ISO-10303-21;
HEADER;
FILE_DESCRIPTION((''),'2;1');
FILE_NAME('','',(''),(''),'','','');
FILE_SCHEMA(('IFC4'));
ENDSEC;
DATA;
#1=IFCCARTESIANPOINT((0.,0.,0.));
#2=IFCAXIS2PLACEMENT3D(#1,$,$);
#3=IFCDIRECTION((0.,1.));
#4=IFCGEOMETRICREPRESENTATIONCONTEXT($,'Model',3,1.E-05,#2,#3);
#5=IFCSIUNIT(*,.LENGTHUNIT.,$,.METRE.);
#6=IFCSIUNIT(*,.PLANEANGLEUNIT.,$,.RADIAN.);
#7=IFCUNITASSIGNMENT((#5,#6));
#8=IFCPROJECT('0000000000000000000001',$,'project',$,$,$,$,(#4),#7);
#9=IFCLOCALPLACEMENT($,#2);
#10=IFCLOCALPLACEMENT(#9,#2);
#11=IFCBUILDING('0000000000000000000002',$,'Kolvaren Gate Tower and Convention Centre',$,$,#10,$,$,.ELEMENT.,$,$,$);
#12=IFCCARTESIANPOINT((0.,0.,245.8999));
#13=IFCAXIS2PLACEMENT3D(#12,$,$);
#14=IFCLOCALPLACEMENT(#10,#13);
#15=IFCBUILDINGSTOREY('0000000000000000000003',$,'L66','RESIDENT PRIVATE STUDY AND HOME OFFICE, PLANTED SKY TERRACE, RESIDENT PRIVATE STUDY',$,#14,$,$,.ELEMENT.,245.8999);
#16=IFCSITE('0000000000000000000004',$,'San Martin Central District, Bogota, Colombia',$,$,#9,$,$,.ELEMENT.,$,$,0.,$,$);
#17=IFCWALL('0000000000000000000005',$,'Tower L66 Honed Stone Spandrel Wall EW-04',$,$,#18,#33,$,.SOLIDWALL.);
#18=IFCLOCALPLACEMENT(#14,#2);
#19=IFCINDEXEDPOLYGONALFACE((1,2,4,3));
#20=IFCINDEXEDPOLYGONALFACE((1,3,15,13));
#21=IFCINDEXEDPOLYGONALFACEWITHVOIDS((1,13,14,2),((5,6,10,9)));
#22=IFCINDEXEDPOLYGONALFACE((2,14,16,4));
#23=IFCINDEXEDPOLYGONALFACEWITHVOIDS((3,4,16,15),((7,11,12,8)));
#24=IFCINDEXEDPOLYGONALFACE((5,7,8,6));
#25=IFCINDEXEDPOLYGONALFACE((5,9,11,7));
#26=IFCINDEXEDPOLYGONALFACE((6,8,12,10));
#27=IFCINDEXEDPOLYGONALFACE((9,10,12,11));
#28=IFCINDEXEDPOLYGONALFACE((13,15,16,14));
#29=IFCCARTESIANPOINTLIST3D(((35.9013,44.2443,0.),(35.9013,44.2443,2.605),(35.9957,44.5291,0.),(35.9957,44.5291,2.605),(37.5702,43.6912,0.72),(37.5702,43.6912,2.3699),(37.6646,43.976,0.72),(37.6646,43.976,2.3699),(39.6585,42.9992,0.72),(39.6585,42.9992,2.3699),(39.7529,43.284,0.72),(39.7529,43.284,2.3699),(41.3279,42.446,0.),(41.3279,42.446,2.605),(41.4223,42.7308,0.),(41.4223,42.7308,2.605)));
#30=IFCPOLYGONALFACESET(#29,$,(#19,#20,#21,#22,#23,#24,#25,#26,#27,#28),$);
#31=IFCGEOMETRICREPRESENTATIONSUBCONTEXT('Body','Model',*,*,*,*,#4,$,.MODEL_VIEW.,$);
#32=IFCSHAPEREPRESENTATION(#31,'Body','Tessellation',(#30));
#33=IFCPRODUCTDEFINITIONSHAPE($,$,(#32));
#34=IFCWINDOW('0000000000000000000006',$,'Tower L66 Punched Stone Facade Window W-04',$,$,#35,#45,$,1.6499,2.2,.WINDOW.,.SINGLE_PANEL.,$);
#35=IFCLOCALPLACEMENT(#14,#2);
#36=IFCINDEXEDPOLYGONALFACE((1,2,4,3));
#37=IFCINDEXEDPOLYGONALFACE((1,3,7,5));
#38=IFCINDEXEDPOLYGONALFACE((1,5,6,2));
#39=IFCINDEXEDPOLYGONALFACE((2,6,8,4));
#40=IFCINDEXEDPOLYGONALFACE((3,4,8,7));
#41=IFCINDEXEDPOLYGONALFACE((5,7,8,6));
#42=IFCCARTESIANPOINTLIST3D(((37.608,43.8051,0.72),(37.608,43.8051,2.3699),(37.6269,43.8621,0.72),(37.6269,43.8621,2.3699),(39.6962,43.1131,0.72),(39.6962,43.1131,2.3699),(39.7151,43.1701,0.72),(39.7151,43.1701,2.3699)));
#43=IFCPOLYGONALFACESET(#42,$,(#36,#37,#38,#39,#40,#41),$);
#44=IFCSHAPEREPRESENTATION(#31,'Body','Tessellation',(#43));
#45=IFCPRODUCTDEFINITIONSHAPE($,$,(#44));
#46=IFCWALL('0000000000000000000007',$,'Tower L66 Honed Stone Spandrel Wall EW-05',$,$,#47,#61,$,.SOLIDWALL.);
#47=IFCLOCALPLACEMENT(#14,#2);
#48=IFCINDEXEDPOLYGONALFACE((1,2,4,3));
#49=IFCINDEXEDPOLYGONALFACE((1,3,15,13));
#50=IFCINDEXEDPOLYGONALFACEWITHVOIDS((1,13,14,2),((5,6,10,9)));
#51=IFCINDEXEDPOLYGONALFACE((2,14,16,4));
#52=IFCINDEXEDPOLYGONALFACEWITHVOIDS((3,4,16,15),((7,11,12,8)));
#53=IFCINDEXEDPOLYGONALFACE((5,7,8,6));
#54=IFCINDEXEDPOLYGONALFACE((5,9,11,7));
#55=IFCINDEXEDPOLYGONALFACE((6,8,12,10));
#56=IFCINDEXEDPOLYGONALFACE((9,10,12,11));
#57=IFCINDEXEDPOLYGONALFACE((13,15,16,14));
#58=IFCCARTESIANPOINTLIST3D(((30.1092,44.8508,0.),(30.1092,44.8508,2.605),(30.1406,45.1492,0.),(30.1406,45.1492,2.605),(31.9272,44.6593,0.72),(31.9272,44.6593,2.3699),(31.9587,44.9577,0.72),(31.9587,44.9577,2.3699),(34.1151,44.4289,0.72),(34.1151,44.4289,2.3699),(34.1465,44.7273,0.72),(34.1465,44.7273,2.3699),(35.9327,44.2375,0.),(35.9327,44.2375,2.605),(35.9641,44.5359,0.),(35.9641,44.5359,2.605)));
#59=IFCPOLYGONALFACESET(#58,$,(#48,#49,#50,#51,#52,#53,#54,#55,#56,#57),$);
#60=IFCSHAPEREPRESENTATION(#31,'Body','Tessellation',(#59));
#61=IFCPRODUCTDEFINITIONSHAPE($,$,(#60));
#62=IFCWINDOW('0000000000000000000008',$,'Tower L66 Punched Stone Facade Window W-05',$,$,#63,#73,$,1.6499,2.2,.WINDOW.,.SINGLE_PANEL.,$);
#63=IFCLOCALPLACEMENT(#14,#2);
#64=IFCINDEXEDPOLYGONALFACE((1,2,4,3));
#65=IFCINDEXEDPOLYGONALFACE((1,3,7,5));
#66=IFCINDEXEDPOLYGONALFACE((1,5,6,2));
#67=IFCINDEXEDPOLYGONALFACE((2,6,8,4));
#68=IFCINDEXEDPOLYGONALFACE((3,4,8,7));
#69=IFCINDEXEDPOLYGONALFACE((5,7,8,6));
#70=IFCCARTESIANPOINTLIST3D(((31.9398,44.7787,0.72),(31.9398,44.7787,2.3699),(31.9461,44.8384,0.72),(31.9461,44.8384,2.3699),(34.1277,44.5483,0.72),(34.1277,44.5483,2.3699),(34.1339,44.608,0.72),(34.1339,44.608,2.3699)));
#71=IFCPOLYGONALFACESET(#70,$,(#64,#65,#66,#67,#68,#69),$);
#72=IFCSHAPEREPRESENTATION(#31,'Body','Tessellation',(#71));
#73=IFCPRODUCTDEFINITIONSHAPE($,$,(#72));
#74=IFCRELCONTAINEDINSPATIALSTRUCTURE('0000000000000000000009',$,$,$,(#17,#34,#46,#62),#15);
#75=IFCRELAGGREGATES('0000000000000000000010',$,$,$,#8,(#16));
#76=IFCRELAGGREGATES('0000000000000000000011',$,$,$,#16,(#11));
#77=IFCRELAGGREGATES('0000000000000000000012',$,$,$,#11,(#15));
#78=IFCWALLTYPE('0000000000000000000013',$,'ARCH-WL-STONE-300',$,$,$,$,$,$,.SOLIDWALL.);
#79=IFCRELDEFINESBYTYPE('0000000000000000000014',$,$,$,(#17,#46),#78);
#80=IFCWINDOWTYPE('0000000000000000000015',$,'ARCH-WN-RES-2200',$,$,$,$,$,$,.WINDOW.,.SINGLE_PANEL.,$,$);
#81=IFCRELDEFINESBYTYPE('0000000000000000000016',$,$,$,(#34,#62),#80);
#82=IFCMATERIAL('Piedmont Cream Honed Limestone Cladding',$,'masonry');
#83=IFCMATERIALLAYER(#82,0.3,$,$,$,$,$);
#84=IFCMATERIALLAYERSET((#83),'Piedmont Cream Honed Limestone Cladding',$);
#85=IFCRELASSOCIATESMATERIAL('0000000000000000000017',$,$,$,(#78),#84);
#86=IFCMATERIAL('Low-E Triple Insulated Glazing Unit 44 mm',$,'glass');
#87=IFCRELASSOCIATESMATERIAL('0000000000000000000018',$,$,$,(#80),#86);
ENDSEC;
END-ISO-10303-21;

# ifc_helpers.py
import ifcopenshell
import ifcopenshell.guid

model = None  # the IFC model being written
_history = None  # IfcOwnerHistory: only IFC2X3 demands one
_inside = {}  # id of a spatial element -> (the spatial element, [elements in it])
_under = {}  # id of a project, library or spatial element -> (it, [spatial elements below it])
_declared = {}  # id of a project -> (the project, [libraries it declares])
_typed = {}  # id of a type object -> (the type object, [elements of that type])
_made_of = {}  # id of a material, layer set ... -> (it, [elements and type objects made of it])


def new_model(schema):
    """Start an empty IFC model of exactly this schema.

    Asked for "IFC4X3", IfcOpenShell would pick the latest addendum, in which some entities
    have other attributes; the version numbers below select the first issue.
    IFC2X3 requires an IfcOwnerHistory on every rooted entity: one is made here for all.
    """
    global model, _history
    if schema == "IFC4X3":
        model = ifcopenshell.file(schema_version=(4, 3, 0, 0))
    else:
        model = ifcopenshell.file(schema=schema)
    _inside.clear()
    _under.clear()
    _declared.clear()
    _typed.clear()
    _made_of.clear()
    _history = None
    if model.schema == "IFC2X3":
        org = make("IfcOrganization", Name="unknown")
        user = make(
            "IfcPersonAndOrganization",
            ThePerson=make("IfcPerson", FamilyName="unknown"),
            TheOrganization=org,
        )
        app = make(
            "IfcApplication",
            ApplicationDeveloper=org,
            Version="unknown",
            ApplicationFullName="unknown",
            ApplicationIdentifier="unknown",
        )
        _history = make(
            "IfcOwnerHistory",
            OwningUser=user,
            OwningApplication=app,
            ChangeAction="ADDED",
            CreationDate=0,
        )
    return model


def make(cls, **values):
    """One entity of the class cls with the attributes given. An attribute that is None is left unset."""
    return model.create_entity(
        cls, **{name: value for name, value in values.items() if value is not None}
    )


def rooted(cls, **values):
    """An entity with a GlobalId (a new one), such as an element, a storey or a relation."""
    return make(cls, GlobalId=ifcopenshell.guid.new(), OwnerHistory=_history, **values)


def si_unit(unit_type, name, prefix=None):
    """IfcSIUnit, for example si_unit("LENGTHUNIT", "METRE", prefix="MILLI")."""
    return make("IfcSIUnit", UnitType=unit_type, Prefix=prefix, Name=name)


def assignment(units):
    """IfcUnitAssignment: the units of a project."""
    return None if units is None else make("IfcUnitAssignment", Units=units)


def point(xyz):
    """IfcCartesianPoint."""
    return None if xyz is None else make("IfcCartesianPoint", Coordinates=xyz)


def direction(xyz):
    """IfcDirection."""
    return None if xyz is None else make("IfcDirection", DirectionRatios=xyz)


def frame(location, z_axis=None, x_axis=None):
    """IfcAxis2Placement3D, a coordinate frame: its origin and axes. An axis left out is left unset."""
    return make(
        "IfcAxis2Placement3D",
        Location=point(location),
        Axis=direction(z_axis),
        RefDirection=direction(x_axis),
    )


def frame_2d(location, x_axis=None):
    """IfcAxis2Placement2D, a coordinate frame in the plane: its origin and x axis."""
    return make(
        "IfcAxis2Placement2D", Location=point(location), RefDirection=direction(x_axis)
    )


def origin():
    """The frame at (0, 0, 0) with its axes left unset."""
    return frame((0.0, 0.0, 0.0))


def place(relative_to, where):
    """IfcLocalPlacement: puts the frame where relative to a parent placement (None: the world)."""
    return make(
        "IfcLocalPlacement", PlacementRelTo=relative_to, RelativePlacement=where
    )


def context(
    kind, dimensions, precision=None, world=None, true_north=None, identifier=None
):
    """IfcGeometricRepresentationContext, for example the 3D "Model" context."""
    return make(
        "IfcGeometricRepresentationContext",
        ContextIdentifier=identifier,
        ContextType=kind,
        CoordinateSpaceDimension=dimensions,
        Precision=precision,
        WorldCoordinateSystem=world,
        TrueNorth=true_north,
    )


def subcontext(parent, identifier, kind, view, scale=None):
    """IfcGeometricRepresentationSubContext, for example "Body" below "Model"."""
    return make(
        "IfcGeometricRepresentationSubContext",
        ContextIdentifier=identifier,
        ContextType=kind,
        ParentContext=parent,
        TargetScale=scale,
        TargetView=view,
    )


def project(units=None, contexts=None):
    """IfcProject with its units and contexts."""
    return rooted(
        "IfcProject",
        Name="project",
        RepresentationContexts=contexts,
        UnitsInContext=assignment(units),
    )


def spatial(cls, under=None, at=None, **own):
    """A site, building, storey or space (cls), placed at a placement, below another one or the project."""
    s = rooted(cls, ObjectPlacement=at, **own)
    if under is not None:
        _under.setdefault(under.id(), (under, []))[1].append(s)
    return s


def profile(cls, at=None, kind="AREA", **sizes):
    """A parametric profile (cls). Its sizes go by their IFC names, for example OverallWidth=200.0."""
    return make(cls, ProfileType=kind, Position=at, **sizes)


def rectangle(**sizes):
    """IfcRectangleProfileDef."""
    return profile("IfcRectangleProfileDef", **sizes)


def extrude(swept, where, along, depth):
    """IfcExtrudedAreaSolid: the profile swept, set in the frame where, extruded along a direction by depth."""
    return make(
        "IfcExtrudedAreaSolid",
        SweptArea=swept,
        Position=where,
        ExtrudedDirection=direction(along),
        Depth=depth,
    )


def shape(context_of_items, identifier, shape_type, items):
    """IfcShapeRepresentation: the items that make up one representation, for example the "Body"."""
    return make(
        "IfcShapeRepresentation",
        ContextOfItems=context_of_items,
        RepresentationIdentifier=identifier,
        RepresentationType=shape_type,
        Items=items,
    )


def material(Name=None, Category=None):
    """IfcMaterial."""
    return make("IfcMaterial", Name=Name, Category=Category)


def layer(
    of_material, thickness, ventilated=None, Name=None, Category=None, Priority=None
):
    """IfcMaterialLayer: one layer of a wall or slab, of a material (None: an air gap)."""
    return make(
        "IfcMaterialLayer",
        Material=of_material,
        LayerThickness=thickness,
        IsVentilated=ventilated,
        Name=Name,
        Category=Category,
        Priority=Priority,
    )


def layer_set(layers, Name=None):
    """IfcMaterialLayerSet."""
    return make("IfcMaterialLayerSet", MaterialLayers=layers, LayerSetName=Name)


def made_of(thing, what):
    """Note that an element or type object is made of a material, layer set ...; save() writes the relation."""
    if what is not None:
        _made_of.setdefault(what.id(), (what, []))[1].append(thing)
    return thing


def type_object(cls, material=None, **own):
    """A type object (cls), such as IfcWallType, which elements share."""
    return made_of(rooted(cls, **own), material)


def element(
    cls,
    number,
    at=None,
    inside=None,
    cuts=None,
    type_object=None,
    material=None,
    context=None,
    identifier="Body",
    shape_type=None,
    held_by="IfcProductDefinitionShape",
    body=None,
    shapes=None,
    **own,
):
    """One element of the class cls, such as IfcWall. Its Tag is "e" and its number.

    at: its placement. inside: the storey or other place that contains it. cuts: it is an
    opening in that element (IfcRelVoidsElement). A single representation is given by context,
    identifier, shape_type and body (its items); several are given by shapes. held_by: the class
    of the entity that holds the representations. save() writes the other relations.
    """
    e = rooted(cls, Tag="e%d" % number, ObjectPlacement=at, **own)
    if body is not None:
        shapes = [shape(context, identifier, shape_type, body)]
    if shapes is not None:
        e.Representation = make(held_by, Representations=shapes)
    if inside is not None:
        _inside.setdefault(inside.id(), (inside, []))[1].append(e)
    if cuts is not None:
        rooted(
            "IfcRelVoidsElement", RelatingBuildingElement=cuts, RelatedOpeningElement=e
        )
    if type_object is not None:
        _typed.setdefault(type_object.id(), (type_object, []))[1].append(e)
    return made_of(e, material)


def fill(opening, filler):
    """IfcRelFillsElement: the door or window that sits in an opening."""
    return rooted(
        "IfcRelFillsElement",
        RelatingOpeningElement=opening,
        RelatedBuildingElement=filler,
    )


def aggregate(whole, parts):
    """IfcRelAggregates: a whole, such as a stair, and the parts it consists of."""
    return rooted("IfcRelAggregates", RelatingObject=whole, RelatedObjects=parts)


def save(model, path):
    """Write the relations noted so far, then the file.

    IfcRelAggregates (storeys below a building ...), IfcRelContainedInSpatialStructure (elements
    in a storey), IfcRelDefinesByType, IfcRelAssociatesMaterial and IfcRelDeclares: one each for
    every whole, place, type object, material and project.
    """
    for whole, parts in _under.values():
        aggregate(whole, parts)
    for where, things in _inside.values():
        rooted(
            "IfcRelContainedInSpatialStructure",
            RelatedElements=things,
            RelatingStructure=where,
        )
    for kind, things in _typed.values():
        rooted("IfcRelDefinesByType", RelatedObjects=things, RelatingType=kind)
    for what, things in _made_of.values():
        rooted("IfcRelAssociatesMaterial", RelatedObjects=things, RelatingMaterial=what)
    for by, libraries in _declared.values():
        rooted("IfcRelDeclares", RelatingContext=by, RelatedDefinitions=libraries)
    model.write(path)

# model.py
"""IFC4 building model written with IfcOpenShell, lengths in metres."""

from ifc_helpers import new_model, si_unit, direction, frame, frame_2d, origin, place, context, subcontext, project, spatial, rectangle, extrude, material, layer, layer_set, type_object, element, fill, save


model = new_model("IFC4")

# Units and contexts
model_context = context("Model", 3, precision=1e-05, world=origin(), true_north=direction((0.0, 1.0)))
body_context = subcontext(model_context, "Body", "Model", "MODEL_VIEW")
ifc_project = project(units=[si_unit("LENGTHUNIT", "METRE"), si_unit("PLANEANGLEUNIT", "RADIAN")], contexts=[model_context])

# Site, building, storey
site_placement = place(None, origin())
site = spatial("IfcSite", under=ifc_project, at=site_placement, Name="San Martin Central District, Bogota, Colombia", CompositionType="ELEMENT", RefElevation=0.0)
building_placement = place(site_placement, origin())
building = spatial("IfcBuilding", under=site, at=building_placement, Name="Kolvaren Gate Tower and Convention Centre", CompositionType="ELEMENT")
storey_placement = place(building_placement, frame((0.0, 0.0, 245.8999)))
storey = spatial("IfcBuildingStorey", under=building, at=storey_placement, Name="L66", Description="RESIDENT PRIVATE STUDY AND HOME OFFICE, PLANTED SKY TERRACE, RESIDENT PRIVATE STUDY", CompositionType="ELEMENT", Elevation=245.8999)

# Walls, openings, windows
ifc_material_1 = material(Name="Piedmont Cream Honed Limestone Cladding", Category="masonry")
ifc_layer_1 = layer(ifc_material_1, 0.3)
ifc_layer_set_1 = layer_set([ifc_layer_1], Name="Piedmont Cream Honed Limestone Cladding")
wall_type_1 = type_object("IfcWallType", Name="ARCH-WL-STONE-300", PredefinedType="SOLIDWALL", material=ifc_layer_set_1)
wall_1_placement = place(storey_placement, frame((35.9485, 44.3867, 0.0), z_axis=(0.0, 0.0, 1.0), x_axis=(0.949233, -0.314575, 0.0)))
wall_1 = element("IfcWall", 1, at=wall_1_placement, inside=storey, type_object=wall_type_1, Name="Tower L66 Honed Stone Spandrel Wall EW-04", PredefinedType="SOLIDWALL", context=body_context, shape_type="SweptSolid", body=[
    extrude(rectangle(XDim=5.7168, YDim=0.3, at=frame_2d((2.8584, 0.0))), origin(), (0.0, 0.0, 1.0), 2.605),
])
opening_1_placement = place(wall_1_placement, frame((1.7581, 0.0, 0.72)))
opening_1 = element("IfcOpeningElement", 2, at=opening_1_placement, cuts=wall_1, PredefinedType="OPENING", context=body_context, shape_type="SweptSolid", body=[
    extrude(rectangle(XDim=2.2, YDim=1.6499, at=frame_2d((1.1001, 0.825))), frame((0.0, 0.1599, 0.0), z_axis=(0.0, -1.0, 0.0), x_axis=(1.0, 0.0, 0.0)), (0.0, 0.0, 1.0), 0.3201),
])
ifc_material_2 = material(Name="Low-E Triple Insulated Glazing Unit 44 mm", Category="glass")
window_type = type_object("IfcWindowType", Name="ARCH-WN-RES-2200", PartitioningType="SINGLE_PANEL", PredefinedType="WINDOW", material=ifc_material_2)
window_1_placement = place(opening_1_placement, origin())
window_1 = element("IfcWindow", 3, at=window_1_placement, inside=storey, type_object=window_type, Name="Tower L66 Punched Stone Facade Window W-04", OverallHeight=1.6499, OverallWidth=2.2, PartitioningType="SINGLE_PANEL", PredefinedType="WINDOW", context=body_context, shape_type="SweptSolid", body=[
    extrude(rectangle(XDim=2.2, YDim=1.6499, at=frame_2d((1.1001, 0.825))), frame((0.0, 0.03, 0.0), z_axis=(0.0, -1.0, 0.0), x_axis=(1.0, 0.0, 0.0)), (0.0, 0.0, 1.0), 0.0601),
])
fill(opening_1, window_1)
wall_2_placement = place(storey_placement, frame((30.125, 45.0, 0.0), z_axis=(0.0, 0.0, 1.0), x_axis=(0.9945, -0.104733, 0.0)))
wall_2 = element("IfcWall", 4, at=wall_2_placement, inside=storey, type_object=wall_type_1, Name="Tower L66 Honed Stone Spandrel Wall EW-05", PredefinedType="SOLIDWALL", context=body_context, shape_type="SweptSolid", body=[
    extrude(rectangle(XDim=5.8557, YDim=0.3, at=frame_2d((2.9277, 0.0))), origin(), (0.0, 0.0, 1.0), 2.605),
])
opening_2_placement = place(wall_2_placement, frame((1.8279, 0.0, 0.72)))
opening_2 = element("IfcOpeningElement", 5, at=opening_2_placement, cuts=wall_2, PredefinedType="OPENING", context=body_context, shape_type="SweptSolid", body=[
    extrude(rectangle(XDim=2.2, YDim=1.6499, at=frame_2d((1.1001, 0.825))), frame((0.0, 0.1599, 0.0), z_axis=(0.0, -1.0, 0.0), x_axis=(1.0, 0.0, 0.0)), (0.0, 0.0, 1.0), 0.3201),
])
window_2_placement = place(opening_2_placement, origin())
window_2 = element("IfcWindow", 6, at=window_2_placement, inside=storey, type_object=window_type, Name="Tower L66 Punched Stone Facade Window W-05", OverallHeight=1.6499, OverallWidth=2.2, PartitioningType="SINGLE_PANEL", PredefinedType="WINDOW", context=body_context, shape_type="SweptSolid", body=[
    extrude(rectangle(XDim=2.2, YDim=1.6499, at=frame_2d((1.1001, 0.825))), frame((0.0, 0.03, 0.0), z_axis=(0.0, -1.0, 0.0), x_axis=(1.0, 0.0, 0.0)), (0.0, 0.0, 1.0), 0.0601),
])
fill(opening_2, window_2)

save(model, "model.ifc")
